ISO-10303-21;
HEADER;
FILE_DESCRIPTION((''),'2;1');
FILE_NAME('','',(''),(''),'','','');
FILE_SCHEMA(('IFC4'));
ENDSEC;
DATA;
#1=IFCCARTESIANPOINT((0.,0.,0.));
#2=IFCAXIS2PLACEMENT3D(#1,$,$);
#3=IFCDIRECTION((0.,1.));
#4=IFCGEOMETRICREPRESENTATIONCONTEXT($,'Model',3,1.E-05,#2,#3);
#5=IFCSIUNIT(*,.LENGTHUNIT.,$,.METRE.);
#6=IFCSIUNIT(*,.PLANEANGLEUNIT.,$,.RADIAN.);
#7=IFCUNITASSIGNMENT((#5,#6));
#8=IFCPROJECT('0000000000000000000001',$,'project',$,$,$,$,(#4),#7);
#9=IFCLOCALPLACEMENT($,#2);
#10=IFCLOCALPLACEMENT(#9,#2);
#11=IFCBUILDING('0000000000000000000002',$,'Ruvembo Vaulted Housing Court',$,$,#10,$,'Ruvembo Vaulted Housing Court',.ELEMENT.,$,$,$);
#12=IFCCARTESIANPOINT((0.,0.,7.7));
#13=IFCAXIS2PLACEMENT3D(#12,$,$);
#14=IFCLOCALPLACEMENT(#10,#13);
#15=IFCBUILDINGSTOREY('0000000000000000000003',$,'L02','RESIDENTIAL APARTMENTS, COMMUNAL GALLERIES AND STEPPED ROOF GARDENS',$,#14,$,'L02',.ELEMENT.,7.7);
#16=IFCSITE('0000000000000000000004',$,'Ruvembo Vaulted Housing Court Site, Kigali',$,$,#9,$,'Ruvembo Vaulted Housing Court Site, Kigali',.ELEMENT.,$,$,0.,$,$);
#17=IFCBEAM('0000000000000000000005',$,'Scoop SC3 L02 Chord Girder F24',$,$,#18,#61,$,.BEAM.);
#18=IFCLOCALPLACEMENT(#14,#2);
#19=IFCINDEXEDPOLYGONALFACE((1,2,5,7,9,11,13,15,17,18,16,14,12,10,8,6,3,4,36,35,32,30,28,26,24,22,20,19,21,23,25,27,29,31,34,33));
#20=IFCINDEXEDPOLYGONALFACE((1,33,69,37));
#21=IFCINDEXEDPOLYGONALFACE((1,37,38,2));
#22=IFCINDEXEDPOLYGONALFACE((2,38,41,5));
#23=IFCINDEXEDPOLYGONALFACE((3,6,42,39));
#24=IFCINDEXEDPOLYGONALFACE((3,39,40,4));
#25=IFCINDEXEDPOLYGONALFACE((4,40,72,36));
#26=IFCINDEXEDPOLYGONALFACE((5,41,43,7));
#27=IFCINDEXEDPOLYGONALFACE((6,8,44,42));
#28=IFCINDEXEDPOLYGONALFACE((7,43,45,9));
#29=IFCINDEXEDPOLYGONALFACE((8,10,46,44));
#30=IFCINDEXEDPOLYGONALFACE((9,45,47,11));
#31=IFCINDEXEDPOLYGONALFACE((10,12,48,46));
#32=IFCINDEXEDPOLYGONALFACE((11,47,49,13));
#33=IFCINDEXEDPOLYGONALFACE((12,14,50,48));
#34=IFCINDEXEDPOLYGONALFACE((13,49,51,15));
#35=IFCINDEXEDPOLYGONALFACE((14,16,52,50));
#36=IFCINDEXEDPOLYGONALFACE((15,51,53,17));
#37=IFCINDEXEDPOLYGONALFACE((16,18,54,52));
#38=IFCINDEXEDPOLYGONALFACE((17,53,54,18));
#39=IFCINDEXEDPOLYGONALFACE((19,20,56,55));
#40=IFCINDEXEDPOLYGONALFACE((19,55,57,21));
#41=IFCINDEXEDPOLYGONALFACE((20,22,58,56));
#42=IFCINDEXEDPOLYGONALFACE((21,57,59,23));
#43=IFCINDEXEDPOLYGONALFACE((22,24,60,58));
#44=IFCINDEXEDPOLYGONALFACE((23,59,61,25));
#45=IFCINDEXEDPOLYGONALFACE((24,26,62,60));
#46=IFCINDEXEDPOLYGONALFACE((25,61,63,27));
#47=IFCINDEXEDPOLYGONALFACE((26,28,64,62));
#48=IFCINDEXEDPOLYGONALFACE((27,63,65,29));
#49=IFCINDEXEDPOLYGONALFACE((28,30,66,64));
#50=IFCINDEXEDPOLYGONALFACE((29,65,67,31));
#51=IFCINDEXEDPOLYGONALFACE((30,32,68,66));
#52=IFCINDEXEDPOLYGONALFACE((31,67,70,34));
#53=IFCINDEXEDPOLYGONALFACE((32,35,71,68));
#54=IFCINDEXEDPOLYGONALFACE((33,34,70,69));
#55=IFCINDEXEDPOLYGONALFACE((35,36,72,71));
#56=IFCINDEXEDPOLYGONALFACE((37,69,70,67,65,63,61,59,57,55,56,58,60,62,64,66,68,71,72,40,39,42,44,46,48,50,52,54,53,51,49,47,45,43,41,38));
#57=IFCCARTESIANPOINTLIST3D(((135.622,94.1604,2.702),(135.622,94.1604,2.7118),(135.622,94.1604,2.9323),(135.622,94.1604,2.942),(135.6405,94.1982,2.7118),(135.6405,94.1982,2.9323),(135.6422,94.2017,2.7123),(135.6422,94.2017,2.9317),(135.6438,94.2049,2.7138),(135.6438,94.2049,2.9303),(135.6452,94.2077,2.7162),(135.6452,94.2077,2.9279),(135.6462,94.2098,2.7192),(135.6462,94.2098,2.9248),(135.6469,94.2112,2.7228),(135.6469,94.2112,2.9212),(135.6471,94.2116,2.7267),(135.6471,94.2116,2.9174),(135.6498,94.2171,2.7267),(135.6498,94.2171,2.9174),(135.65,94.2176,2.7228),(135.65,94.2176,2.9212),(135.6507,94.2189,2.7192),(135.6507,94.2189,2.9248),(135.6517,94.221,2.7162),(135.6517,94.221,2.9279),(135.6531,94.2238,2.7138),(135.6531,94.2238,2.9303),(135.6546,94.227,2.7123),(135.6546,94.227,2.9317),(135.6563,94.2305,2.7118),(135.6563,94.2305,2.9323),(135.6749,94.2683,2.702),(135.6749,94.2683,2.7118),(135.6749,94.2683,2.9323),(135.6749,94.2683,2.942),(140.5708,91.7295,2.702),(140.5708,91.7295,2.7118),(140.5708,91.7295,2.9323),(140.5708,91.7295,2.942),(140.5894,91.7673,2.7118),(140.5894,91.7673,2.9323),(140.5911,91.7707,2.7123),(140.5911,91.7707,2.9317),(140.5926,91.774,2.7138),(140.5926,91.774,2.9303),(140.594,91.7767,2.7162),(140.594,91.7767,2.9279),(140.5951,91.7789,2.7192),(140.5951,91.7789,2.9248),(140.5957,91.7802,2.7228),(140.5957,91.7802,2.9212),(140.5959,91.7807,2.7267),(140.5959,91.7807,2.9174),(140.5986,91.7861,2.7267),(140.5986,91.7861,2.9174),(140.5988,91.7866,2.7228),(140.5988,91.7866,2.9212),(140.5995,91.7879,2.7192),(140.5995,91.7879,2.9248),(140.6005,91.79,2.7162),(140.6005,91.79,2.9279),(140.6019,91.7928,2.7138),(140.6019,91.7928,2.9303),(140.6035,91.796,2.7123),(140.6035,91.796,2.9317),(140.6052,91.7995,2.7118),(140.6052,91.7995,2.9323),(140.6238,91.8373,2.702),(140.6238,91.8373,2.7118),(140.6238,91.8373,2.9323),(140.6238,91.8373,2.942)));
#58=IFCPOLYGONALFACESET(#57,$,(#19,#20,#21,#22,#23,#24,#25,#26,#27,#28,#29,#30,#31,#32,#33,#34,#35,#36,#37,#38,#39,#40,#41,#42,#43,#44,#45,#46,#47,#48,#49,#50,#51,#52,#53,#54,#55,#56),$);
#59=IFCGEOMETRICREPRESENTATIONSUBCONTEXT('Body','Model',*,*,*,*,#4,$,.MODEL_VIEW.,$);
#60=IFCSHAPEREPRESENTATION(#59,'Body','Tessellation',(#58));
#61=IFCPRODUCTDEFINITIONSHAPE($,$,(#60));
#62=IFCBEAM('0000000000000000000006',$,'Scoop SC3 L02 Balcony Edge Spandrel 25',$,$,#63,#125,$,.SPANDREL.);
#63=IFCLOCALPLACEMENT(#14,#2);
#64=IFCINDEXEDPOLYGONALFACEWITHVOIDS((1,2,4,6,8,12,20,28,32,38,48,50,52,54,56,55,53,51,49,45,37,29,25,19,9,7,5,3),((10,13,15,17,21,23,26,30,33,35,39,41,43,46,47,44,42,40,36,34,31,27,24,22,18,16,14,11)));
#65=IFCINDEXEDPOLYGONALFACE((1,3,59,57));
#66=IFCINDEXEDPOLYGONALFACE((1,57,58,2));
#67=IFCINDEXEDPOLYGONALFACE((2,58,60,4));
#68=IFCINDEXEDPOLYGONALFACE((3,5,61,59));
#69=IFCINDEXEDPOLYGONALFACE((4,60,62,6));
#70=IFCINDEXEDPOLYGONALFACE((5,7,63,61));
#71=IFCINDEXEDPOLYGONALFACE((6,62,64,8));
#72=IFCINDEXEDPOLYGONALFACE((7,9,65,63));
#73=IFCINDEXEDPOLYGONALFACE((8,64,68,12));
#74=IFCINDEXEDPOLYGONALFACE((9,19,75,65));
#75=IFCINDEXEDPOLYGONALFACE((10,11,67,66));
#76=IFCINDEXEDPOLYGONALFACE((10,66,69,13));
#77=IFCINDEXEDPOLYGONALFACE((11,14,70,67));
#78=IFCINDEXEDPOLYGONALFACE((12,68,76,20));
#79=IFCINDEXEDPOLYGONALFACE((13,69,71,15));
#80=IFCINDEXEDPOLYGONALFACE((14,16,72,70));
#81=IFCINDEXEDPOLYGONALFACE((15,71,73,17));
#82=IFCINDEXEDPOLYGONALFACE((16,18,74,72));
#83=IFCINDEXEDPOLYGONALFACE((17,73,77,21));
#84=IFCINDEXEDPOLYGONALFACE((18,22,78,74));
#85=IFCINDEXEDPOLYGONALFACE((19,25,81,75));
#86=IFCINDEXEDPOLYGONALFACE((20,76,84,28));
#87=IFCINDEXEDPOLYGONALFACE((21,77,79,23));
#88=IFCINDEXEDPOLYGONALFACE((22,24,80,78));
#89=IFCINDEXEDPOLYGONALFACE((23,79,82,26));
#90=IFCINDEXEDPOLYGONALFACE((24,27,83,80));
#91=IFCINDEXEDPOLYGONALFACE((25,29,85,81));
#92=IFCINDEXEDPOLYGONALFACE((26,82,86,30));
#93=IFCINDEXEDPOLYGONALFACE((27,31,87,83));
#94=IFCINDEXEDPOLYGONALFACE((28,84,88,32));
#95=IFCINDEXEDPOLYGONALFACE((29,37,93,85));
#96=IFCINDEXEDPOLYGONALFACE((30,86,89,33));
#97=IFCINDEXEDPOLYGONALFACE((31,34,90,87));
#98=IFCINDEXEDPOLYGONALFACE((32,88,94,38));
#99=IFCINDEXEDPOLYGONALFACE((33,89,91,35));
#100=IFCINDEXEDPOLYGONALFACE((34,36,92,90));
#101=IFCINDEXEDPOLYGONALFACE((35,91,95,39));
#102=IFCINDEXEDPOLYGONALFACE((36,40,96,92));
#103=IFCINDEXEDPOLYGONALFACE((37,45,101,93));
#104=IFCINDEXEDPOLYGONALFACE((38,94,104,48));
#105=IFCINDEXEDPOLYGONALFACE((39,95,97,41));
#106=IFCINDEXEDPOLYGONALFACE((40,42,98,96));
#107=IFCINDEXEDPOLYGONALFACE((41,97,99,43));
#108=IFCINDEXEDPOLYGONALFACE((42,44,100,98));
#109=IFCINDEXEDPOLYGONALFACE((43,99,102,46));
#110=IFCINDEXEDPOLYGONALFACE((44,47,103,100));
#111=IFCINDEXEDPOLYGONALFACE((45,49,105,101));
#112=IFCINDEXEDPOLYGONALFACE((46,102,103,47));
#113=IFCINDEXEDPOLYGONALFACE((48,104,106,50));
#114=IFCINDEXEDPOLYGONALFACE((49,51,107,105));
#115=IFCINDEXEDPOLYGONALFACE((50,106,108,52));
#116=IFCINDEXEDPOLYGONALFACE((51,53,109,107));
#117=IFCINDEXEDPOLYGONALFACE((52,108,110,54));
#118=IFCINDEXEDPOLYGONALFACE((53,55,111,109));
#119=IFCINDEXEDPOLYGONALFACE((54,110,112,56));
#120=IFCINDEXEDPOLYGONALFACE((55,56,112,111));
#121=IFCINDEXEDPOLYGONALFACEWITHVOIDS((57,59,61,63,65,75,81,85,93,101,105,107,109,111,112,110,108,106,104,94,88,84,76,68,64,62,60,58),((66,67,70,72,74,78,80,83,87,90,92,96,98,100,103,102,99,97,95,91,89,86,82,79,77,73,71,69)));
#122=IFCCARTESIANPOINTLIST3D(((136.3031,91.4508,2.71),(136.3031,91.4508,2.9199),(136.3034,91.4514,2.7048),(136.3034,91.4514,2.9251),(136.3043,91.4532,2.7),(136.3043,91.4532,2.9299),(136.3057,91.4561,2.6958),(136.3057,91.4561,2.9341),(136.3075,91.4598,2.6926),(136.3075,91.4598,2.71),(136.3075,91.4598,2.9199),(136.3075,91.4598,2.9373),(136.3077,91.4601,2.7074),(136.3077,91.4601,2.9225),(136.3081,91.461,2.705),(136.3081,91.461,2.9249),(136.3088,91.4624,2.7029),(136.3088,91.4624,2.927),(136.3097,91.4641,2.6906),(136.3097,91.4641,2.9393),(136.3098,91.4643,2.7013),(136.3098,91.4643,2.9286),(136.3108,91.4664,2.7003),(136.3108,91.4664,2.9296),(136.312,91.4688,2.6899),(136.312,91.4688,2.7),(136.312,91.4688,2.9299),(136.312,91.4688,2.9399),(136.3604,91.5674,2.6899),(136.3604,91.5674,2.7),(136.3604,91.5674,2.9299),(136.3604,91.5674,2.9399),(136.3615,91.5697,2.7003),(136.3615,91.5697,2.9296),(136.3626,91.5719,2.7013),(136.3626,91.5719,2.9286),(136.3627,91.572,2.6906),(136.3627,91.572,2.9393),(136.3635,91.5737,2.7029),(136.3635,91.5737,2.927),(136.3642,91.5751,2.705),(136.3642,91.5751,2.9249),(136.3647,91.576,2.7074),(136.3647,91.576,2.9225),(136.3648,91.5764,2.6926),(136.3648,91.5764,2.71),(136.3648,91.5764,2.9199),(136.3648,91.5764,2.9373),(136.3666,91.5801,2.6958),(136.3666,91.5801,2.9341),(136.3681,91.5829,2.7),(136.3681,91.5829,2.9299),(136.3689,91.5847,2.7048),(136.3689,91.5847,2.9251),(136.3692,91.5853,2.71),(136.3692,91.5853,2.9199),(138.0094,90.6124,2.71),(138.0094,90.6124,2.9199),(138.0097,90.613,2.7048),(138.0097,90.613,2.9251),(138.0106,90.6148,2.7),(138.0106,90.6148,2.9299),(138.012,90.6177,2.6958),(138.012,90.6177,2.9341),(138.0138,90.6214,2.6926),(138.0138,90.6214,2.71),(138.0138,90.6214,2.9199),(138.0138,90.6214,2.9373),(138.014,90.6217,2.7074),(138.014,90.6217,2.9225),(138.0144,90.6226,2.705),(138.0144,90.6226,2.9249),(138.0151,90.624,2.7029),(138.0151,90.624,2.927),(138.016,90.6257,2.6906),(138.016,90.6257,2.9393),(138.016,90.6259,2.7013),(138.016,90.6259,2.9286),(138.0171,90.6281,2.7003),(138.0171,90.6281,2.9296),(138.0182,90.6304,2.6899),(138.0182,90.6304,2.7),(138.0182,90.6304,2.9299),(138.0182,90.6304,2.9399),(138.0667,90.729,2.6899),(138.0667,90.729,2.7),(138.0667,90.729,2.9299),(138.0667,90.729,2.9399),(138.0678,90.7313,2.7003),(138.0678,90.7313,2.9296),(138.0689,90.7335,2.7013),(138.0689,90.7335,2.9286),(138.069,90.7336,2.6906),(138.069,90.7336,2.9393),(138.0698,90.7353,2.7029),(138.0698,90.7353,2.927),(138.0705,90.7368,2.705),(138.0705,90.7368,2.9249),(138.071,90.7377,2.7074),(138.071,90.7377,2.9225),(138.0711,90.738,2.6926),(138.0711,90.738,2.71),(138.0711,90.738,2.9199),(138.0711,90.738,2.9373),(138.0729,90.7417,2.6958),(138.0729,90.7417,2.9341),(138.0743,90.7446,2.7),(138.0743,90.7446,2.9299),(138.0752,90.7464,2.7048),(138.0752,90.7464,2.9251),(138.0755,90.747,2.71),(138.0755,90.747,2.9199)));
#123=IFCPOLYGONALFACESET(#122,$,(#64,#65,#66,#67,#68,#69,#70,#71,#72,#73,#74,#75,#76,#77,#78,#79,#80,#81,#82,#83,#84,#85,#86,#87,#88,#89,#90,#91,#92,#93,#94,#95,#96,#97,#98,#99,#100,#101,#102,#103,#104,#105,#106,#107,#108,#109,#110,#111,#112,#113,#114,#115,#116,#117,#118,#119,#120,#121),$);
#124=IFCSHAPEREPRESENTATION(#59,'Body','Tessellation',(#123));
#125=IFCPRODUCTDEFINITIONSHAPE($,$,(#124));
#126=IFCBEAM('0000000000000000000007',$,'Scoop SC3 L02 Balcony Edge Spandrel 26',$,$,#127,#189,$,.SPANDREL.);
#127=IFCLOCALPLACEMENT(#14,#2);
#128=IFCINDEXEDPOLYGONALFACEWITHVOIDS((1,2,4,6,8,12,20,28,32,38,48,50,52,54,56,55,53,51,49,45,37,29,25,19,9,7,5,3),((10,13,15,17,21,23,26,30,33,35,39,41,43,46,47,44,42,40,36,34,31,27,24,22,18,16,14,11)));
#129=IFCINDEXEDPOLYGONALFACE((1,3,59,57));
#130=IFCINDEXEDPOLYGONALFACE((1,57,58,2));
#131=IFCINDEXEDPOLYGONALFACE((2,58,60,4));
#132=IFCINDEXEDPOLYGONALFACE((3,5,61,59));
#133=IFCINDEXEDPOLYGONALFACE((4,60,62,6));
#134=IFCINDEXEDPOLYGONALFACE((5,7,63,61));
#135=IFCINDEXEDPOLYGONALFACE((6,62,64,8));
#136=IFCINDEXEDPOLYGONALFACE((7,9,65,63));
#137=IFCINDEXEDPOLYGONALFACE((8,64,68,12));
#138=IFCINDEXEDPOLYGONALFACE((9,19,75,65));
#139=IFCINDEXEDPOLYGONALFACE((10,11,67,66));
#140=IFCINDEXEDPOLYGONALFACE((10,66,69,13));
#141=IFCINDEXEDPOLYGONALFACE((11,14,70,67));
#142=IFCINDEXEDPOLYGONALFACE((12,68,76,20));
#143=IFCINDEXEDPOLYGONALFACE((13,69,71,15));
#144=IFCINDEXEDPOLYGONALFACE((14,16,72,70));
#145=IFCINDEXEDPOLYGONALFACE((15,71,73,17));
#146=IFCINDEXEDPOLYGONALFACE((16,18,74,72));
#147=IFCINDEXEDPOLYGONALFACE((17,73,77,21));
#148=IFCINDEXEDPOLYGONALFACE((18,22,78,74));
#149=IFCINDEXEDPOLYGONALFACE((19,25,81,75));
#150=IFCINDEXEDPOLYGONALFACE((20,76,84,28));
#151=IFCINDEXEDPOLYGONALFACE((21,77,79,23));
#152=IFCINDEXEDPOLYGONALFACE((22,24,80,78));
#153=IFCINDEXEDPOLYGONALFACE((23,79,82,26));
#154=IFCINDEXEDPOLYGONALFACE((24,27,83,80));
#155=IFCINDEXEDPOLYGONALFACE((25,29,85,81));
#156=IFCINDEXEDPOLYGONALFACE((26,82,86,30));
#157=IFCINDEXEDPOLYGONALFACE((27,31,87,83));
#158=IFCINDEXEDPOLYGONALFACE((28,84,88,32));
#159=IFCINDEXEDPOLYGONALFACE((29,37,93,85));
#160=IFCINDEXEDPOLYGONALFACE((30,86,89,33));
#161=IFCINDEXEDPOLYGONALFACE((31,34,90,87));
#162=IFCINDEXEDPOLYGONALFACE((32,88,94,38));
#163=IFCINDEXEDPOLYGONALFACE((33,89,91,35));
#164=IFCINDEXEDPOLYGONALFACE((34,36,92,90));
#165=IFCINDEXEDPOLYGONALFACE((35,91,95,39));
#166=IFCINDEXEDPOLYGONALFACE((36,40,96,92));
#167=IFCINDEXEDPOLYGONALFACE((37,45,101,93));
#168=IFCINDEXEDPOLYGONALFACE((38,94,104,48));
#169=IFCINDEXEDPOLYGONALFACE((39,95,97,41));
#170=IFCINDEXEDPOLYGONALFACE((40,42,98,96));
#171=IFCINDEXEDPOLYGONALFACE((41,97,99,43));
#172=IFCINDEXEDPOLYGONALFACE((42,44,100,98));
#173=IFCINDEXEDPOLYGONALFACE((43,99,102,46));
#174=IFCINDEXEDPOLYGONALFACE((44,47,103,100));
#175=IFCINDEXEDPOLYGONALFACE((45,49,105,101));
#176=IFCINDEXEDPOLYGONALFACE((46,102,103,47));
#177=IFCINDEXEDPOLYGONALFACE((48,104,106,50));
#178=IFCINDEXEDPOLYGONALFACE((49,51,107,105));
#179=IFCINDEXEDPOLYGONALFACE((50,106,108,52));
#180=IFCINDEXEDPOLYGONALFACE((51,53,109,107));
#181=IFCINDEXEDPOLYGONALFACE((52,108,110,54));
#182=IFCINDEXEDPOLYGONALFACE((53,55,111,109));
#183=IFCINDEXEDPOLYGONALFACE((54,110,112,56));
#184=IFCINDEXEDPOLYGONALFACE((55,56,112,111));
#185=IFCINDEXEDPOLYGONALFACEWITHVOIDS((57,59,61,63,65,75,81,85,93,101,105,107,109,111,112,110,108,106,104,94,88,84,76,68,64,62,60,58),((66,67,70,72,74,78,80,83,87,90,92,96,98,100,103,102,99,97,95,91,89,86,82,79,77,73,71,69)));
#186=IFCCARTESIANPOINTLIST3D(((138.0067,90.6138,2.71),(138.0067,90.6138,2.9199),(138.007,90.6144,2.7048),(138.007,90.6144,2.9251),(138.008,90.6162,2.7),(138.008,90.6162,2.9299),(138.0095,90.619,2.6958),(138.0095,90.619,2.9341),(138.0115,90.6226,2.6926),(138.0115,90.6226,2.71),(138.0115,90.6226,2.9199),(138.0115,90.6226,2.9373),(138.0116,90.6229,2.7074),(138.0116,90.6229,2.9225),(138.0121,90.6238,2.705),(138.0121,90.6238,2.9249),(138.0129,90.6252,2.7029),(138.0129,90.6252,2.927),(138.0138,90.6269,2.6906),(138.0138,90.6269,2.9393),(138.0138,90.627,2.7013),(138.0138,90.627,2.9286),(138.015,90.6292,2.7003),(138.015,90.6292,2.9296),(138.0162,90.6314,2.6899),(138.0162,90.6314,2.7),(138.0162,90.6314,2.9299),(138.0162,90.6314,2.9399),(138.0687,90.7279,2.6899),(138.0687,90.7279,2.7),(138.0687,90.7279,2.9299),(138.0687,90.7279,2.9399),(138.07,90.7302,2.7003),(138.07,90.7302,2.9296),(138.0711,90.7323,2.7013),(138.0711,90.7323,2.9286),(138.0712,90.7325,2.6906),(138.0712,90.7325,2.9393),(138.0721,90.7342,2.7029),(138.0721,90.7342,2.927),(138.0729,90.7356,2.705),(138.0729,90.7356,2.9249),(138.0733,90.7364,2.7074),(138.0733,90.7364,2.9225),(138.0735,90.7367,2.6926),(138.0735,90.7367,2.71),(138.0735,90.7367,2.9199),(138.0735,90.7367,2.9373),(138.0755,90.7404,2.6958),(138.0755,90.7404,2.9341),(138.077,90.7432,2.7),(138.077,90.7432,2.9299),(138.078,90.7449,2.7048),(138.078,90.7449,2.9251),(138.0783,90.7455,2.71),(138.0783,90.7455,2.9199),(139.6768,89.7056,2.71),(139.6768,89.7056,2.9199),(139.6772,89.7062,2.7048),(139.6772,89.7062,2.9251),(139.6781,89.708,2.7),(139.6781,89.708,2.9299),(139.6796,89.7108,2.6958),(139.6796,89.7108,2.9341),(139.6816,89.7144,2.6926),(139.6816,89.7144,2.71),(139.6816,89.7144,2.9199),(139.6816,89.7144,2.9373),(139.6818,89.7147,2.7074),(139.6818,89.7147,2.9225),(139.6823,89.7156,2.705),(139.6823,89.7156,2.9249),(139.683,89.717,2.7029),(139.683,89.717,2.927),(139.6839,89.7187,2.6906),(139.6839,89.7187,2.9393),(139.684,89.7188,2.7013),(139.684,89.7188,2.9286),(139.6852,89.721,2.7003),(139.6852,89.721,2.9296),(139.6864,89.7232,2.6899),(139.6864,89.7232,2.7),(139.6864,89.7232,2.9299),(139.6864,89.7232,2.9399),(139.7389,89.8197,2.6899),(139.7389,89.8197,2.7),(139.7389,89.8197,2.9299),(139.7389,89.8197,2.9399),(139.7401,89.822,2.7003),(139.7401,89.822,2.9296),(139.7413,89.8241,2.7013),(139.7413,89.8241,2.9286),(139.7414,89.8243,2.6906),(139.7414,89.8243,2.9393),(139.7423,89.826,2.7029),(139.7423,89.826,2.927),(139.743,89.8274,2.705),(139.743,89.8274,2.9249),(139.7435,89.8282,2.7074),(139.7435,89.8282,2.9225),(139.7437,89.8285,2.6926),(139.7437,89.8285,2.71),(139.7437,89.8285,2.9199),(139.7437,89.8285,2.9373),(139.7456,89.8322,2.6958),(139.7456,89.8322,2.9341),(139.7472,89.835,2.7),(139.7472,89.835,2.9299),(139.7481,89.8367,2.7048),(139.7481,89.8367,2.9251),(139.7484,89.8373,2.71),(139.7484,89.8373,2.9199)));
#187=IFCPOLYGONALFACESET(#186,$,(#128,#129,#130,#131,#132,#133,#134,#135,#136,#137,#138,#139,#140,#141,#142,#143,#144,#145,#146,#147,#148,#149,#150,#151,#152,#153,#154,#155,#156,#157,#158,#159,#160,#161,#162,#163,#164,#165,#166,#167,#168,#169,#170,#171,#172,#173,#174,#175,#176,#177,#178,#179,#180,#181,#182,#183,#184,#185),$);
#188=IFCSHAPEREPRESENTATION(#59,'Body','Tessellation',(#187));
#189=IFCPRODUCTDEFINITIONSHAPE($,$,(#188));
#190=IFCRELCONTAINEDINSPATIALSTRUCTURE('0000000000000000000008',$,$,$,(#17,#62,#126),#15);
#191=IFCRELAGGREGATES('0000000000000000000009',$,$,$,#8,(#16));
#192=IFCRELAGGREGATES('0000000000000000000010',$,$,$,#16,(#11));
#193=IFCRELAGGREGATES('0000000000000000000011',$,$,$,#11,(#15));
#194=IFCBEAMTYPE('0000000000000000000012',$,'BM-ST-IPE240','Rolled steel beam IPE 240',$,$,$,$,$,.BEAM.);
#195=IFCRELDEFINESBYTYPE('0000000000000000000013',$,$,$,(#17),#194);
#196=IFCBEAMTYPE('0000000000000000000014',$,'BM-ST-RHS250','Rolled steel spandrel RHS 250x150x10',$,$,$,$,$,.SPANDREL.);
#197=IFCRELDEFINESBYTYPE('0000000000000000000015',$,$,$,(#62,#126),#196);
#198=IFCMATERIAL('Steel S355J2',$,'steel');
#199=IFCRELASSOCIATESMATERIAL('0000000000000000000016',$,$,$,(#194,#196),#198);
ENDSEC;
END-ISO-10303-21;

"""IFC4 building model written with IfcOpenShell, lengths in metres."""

from ifc_helpers import new_model, si_unit, direction, frame, origin, origin_2d, place, context, subcontext, project, spatial, hollow_rectangle, i_section, extrude, material, material_profile, profile_set, type_object, element, save


model = new_model("IFC4")

# Units and contexts
model_context = context("Model", 3, precision=1e-05, world=origin(), true_north=direction((0.0, 1.0)))
body_context = subcontext(model_context, "Body", "Model", "MODEL_VIEW")
ifc_project = project(units=[si_unit("LENGTHUNIT", "METRE"), si_unit("PLANEANGLEUNIT", "RADIAN")], contexts=[model_context])

# Site, building, storey
site_placement = place(None, origin())
site = spatial("IfcSite", under=ifc_project, at=site_placement, Name="Ruvembo Vaulted Housing Court Site, Kigali", LongName="Ruvembo Vaulted Housing Court Site, Kigali", CompositionType="ELEMENT", RefElevation=0.0)
building_placement = place(site_placement, origin())
building = spatial("IfcBuilding", under=site, at=building_placement, Name="Ruvembo Vaulted Housing Court", LongName="Ruvembo Vaulted Housing Court", CompositionType="ELEMENT")
storey_placement = place(building_placement, frame((0.0, 0.0, 7.7)))
storey = spatial("IfcBuildingStorey", under=building, at=storey_placement, Name="L02", Description="RESIDENTIAL APARTMENTS, COMMUNAL GALLERIES AND STEPPED ROOF GARDENS", LongName="L02", CompositionType="ELEMENT", Elevation=7.7)

# Beams
ifc_material_1 = material(Name="Steel S355J2", Category="steel")
ifc_material_profile_1 = material_profile(ifc_material_1, i_section(OverallWidth=0.1201, OverallDepth=0.24, WebThickness=0.0061, FlangeThickness=0.0098, FilletRadius=0.0149, at=origin_2d()), Name="IPE 240")
ifc_profile_set_1 = profile_set([ifc_material_profile_1], Name="Steel S355J2")
beam_type_1 = type_object("IfcBeamType", Name="BM-ST-IPE240", Description="Rolled steel beam IPE 240", PredefinedType="BEAM", material=ifc_profile_set_1)
beam_placement = place(storey_placement, frame((135.6484, 94.2144, 2.822), z_axis=(0.897558, -0.440897, 0.0), x_axis=(0.440897, 0.897558, 0.0)))
element("IfcBeam", 1, at=beam_placement, inside=storey, type_object=beam_type_1, Name="Scoop SC3 L02 Chord Girder F24", PredefinedType="BEAM", context=body_context, shape_type="SweptSolid", body=[
    extrude(i_section(OverallWidth=0.1201, OverallDepth=0.24, WebThickness=0.0061, FlangeThickness=0.0098, FilletRadius=0.0149, at=origin_2d()), origin(), (0.0, 0.0, 1.0), 5.5137),
])
ifc_material_profile_2 = material_profile(ifc_material_1, hollow_rectangle(XDim=0.1499, YDim=0.25, WallThickness=0.01, InnerFilletRadius=0.01, OuterFilletRadius=0.02, at=origin_2d()), Name="RHS 250x150x10")
ifc_profile_set_2 = profile_set([ifc_material_profile_2], Name="Steel S355J2")
beam_type_2 = type_object("IfcBeamType", Name="BM-ST-RHS250", Description="Rolled steel spandrel RHS 250x150x10", PredefinedType="SPANDREL", material=ifc_profile_set_2)
for number, where, z_axis, x_axis, name in (
    (2, (136.3362, 91.5181, 2.8149), (0.897513, -0.440987, 0.0), (0.440987, 0.897513, 0.0), "Scoop SC3 L02 Balcony Edge Spandrel 25"),
    (3, (138.0425, 90.6797, 2.8149), (0.878513, -0.477718, 0.0), (0.477718, 0.878513, 0.0), "Scoop SC3 L02 Balcony Edge Spandrel 26"),
):
    element("IfcBeam", number, at=place(storey_placement, frame(where, z_axis=z_axis, x_axis=x_axis)), inside=storey, type_object=beam_type_2, Name=name, PredefinedType="SPANDREL", context=body_context, shape_type="SweptSolid", body=[
        extrude(hollow_rectangle(XDim=0.1499, YDim=0.25, WallThickness=0.01, InnerFilletRadius=0.01, OuterFilletRadius=0.02, at=origin_2d()), origin(), (0.0, 0.0, 1.0), 1.9011),
    ])

save(model, "model.ifc")
